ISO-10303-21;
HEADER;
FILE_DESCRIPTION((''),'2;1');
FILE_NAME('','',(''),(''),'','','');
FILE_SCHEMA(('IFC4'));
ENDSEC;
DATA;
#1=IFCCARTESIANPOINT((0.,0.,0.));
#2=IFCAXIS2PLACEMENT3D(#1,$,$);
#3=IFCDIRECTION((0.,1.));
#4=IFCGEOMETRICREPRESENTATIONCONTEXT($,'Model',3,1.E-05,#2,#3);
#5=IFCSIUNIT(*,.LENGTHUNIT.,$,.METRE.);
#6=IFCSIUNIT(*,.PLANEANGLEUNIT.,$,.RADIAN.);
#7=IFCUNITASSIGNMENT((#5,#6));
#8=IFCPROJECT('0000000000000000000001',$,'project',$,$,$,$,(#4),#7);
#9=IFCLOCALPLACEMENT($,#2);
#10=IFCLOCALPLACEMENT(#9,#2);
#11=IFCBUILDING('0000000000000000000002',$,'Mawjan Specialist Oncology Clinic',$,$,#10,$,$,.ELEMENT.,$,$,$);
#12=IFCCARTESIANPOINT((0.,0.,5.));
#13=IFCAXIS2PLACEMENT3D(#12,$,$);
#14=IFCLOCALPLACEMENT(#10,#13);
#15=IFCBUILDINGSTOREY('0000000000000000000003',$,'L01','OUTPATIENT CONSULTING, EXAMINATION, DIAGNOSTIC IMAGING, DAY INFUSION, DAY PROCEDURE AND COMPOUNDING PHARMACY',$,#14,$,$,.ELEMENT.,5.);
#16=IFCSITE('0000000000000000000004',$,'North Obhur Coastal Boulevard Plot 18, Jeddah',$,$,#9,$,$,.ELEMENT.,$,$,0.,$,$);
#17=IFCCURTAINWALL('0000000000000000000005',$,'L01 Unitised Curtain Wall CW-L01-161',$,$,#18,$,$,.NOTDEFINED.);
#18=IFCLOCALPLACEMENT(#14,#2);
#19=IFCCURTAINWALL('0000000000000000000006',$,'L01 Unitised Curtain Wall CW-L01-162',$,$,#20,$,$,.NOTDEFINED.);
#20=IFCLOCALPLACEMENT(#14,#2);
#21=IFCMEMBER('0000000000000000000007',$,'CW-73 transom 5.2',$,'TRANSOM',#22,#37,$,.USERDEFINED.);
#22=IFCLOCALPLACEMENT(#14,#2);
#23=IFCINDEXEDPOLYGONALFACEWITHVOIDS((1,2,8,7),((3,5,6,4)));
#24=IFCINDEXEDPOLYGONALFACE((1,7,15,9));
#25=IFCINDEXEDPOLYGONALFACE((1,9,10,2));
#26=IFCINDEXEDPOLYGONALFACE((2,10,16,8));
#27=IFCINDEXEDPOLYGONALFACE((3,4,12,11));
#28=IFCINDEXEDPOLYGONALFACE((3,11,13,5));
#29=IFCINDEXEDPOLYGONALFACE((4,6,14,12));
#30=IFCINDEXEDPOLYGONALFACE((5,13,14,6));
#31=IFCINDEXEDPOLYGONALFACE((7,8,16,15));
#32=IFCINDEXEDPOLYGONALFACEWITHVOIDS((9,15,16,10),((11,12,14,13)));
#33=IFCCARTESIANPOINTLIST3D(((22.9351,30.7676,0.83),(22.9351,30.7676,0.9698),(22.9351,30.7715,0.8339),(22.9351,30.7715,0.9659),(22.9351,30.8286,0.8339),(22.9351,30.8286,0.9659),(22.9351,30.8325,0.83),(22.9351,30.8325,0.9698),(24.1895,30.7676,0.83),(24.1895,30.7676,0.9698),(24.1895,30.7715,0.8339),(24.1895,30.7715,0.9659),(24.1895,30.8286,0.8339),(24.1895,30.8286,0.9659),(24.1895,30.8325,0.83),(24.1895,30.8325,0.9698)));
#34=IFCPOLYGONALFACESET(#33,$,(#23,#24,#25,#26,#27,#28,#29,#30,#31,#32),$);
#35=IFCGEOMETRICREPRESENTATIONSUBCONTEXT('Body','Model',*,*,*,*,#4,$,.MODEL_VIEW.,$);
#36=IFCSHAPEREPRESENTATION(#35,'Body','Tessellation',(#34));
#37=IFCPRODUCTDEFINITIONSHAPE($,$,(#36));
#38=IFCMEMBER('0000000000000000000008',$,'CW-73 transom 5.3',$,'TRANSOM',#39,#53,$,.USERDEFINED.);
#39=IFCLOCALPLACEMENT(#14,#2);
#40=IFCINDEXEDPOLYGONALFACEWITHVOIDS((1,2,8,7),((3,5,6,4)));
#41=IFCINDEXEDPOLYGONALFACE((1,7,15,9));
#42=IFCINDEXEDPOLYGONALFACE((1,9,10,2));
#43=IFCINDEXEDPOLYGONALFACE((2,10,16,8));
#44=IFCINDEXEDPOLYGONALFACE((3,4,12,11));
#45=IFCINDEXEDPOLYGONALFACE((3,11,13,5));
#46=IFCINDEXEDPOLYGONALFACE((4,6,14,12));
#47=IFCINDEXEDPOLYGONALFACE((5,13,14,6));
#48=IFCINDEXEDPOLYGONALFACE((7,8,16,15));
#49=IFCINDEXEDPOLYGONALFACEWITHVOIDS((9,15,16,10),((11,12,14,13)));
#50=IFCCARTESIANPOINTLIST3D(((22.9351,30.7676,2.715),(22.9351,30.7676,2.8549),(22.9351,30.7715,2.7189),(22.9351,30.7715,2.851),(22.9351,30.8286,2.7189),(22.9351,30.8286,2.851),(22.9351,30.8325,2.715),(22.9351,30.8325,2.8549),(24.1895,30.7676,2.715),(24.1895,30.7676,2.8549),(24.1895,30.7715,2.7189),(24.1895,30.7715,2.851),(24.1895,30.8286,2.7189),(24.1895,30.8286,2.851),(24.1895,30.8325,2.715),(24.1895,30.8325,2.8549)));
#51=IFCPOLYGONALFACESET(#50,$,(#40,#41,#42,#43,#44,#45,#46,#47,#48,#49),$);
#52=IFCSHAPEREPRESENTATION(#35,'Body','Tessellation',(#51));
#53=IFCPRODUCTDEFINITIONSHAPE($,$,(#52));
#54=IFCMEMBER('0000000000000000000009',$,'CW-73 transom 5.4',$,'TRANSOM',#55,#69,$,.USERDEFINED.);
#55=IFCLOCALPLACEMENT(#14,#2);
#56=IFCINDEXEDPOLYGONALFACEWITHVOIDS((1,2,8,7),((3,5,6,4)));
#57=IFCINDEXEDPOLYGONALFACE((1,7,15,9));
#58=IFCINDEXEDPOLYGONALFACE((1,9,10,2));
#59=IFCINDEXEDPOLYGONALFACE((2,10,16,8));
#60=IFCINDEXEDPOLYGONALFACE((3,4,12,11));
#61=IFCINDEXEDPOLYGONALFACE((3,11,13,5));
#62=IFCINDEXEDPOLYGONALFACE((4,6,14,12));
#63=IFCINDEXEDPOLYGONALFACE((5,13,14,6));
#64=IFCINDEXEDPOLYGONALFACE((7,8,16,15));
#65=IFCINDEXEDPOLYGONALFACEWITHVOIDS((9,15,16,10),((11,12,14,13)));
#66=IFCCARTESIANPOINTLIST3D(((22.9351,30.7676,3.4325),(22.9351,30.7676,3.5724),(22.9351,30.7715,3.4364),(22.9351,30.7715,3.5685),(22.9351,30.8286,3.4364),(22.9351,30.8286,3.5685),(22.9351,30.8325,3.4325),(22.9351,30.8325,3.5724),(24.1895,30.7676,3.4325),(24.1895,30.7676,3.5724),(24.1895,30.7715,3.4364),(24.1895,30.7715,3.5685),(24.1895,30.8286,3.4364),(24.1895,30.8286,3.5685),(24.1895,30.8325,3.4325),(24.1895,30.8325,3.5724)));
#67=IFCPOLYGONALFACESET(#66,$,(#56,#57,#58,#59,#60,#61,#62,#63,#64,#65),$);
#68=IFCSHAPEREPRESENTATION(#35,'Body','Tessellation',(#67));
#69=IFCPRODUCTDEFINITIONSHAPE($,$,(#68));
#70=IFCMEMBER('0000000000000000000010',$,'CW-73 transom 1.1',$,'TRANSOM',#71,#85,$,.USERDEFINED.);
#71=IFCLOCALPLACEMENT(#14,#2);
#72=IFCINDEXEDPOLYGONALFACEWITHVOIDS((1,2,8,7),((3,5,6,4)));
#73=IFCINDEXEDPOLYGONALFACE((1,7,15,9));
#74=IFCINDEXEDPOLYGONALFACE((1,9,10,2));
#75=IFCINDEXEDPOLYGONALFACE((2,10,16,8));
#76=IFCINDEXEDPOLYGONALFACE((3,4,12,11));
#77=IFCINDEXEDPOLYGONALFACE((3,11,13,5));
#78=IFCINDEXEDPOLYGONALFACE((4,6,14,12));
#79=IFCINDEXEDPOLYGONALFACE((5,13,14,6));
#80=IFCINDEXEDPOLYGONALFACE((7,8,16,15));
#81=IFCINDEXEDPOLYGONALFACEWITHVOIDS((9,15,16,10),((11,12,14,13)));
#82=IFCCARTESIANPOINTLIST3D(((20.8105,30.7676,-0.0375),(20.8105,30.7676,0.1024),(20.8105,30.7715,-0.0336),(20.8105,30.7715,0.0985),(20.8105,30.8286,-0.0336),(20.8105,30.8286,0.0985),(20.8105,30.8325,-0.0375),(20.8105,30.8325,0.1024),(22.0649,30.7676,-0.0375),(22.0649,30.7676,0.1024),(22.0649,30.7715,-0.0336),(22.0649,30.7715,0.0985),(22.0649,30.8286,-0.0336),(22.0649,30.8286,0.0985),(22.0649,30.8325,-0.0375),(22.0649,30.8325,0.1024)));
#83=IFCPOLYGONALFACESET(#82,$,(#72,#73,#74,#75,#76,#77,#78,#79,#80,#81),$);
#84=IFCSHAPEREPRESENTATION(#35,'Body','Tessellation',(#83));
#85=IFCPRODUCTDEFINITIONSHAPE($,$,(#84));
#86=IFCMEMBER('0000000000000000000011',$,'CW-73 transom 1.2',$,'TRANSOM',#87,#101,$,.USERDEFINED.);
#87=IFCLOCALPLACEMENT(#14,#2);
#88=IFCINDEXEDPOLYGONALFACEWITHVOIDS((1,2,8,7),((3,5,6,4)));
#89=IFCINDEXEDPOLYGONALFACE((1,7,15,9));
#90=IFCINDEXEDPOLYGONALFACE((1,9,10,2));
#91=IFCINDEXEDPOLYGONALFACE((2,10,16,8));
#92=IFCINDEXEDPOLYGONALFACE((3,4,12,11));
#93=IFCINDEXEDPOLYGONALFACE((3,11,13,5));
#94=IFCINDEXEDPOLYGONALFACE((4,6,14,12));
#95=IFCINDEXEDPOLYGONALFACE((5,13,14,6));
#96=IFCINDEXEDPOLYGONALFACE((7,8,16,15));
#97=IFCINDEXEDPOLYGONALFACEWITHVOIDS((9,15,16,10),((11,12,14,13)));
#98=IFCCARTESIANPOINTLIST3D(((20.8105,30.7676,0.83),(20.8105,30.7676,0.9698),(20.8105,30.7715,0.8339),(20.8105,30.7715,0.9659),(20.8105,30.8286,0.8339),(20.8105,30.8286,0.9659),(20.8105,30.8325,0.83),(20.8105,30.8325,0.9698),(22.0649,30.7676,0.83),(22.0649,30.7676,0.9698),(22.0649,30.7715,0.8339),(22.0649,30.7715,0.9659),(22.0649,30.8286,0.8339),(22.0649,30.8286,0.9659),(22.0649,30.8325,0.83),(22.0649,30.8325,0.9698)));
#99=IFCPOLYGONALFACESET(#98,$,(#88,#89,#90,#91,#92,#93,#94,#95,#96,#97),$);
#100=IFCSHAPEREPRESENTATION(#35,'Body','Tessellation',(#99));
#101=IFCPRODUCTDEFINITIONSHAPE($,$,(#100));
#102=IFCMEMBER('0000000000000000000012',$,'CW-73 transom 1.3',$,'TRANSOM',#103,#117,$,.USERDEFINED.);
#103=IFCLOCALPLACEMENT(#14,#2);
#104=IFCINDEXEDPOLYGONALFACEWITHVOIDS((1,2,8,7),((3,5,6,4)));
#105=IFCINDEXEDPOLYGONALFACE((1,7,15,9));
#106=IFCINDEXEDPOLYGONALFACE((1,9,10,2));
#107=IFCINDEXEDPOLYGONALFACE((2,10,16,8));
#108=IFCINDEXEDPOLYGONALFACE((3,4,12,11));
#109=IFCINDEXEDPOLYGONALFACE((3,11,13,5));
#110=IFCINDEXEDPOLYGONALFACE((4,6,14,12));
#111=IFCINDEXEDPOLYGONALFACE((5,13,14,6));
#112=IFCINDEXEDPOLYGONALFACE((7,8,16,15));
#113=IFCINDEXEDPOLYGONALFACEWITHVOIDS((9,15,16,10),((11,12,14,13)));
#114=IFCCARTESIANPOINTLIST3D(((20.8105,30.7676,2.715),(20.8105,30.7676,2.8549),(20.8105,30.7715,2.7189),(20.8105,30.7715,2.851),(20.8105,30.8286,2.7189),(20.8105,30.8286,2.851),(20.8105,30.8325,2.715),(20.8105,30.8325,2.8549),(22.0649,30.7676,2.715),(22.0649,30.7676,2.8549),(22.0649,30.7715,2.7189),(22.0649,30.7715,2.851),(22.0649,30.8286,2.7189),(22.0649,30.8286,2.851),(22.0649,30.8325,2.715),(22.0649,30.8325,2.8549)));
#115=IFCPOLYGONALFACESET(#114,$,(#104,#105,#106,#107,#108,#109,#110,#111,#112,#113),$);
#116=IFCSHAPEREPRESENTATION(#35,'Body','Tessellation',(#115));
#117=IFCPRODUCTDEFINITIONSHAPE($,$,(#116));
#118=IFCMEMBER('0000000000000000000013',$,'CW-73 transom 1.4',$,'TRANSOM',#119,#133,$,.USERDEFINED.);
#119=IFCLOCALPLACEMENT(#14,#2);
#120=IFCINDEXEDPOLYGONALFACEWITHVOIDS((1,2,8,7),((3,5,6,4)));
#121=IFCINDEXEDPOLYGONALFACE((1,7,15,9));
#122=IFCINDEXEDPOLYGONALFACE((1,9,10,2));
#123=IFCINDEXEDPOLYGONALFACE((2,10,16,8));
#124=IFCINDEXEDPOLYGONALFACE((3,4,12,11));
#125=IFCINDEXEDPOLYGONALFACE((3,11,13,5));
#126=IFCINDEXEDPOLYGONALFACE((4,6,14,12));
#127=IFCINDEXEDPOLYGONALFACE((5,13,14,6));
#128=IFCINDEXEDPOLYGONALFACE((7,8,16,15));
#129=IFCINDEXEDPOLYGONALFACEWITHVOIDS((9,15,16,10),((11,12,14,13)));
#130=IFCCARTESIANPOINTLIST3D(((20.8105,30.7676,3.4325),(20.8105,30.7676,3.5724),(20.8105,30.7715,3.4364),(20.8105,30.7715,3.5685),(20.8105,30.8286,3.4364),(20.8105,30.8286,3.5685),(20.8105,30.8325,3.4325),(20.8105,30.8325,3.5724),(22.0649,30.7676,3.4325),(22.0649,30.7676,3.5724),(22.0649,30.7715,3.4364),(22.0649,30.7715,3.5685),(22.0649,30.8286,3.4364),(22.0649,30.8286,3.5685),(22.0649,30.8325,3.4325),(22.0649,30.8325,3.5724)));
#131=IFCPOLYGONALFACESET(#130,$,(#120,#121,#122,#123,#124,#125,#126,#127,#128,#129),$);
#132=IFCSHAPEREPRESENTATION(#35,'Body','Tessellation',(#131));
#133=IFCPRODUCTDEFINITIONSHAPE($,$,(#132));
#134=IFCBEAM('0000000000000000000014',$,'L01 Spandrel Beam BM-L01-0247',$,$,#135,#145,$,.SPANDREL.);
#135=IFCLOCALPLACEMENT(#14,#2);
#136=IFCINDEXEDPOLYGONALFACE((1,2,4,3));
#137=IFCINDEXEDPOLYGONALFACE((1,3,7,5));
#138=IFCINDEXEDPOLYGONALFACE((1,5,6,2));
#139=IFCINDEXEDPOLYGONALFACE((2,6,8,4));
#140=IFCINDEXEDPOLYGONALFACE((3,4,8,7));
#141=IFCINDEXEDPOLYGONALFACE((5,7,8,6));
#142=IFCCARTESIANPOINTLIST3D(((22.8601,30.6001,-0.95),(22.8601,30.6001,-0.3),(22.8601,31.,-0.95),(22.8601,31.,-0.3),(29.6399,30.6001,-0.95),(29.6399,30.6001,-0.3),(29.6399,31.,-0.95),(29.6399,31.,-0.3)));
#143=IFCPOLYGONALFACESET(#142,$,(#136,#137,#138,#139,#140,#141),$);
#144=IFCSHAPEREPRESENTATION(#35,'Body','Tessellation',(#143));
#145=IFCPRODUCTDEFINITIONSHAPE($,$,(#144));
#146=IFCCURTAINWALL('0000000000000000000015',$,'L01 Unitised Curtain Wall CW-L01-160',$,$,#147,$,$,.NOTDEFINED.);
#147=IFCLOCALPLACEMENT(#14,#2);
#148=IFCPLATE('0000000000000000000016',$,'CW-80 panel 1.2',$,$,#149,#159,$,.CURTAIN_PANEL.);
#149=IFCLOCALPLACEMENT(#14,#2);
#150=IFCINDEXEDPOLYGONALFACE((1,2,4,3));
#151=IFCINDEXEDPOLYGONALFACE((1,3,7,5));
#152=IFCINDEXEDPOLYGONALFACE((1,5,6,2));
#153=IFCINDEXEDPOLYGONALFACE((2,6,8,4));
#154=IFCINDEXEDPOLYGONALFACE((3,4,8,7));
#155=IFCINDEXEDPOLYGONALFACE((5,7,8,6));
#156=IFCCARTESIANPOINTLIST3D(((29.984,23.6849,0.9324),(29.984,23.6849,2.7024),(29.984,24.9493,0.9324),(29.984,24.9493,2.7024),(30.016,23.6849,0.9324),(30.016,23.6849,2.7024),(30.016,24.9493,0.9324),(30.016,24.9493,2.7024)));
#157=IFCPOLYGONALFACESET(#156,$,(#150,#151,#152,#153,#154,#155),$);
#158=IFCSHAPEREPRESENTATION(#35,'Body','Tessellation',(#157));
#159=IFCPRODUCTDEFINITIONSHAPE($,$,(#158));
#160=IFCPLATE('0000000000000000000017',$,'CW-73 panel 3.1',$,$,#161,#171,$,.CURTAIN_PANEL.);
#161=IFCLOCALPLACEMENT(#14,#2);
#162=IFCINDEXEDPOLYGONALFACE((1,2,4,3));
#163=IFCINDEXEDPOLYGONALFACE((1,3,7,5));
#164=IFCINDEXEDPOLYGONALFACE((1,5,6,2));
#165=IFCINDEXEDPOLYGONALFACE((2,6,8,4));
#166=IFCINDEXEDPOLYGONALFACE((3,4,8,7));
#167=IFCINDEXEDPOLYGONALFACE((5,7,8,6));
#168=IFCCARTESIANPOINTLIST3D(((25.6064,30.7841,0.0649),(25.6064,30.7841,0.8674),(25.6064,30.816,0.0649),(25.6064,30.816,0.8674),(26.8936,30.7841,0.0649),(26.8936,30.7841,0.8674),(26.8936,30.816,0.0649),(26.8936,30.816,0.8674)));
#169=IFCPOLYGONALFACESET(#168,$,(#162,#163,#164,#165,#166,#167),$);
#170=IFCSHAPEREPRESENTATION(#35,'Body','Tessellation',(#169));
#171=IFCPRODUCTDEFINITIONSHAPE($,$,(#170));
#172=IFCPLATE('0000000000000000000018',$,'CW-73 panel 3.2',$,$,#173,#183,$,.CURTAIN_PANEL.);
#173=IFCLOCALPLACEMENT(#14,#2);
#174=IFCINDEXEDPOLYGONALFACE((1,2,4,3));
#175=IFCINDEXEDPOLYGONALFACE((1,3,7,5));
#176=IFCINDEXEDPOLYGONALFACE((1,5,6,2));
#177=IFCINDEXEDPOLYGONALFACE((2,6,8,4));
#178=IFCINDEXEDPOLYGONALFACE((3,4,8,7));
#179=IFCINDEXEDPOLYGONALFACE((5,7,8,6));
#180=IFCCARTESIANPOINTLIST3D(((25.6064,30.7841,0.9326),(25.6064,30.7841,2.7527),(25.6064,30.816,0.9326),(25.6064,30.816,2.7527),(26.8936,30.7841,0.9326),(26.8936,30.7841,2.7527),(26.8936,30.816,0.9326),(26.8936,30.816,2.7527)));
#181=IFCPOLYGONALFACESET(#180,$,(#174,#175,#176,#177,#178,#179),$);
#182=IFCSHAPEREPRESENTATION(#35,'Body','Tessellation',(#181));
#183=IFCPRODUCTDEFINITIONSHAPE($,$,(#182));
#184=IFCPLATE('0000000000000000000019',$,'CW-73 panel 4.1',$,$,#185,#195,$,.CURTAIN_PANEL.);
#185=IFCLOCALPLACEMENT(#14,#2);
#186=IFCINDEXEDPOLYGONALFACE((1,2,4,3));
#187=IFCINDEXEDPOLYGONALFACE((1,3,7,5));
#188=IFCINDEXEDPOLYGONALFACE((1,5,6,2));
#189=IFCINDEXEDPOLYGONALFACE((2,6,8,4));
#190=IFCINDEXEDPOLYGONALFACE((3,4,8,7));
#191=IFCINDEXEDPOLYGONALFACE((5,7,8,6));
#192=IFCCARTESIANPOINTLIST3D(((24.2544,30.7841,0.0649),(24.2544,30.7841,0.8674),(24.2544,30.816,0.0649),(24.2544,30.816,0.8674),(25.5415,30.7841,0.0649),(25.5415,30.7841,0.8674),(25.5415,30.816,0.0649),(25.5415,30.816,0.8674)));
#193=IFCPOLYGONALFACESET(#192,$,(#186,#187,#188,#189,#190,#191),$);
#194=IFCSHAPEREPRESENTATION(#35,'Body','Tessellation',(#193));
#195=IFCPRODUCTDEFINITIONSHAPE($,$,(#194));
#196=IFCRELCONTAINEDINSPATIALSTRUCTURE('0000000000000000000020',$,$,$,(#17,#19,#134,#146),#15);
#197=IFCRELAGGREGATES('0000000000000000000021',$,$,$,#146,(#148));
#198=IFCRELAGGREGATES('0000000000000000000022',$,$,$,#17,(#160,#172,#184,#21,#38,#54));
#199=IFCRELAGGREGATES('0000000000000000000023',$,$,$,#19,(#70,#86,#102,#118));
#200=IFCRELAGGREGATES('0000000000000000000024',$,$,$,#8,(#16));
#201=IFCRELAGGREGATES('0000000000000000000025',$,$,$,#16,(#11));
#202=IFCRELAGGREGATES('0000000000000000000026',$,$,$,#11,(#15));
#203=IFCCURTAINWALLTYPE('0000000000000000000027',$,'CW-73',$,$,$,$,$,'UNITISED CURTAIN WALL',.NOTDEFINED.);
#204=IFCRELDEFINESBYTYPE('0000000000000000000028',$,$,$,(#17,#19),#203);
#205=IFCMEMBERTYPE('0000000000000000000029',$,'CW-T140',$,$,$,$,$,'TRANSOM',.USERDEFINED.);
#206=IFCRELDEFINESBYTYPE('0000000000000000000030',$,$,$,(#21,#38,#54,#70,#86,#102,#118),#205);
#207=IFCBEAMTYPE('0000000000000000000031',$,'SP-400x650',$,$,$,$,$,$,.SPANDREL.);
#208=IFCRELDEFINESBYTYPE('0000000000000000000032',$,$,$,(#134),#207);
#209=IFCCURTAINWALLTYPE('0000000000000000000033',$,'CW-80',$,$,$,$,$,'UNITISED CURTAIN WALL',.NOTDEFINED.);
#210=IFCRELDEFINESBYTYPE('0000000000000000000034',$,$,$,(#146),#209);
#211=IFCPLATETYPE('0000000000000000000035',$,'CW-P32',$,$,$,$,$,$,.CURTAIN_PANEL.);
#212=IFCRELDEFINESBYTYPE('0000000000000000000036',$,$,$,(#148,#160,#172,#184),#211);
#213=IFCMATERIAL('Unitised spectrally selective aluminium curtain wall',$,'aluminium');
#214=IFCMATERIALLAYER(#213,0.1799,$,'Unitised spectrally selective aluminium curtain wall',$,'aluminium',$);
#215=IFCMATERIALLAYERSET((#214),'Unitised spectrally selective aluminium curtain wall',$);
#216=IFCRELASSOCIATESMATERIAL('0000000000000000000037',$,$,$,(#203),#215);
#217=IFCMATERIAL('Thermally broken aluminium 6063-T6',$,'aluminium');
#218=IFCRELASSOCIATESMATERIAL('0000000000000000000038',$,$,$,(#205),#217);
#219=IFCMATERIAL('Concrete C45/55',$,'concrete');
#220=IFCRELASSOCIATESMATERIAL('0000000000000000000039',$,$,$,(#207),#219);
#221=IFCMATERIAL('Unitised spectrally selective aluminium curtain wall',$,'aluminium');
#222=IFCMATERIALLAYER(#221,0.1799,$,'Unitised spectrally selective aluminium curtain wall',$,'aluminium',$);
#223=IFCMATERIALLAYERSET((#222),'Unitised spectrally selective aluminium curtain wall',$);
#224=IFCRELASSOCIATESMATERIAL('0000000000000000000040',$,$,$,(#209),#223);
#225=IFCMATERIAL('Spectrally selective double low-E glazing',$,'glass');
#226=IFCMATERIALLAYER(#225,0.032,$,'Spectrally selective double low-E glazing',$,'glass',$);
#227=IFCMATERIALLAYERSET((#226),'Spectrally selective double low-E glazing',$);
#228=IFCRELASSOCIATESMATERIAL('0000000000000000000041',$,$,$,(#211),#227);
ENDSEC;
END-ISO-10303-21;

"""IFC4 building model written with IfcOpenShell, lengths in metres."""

from ifc_helpers import new_model, si_unit, direction, frame, origin, origin_2d, place, context, subcontext, project, spatial, rectangle, hollow_rectangle, extrude, material, layer, layer_set, material_profile, profile_set, type_object, element, aggregate, save


model = new_model("IFC4")

# Units and contexts
model_context = context("Model", 3, precision=1e-05, world=origin(), true_north=direction((0.0, 1.0)))
body_context = subcontext(model_context, "Body", "Model", "MODEL_VIEW")
ifc_project = project(units=[si_unit("LENGTHUNIT", "METRE"), si_unit("PLANEANGLEUNIT", "RADIAN")], contexts=[model_context])

# Site, building, storey
site_placement = place(None, origin())
site = spatial("IfcSite", under=ifc_project, at=site_placement, Name="North Obhur Coastal Boulevard Plot 18, Jeddah", CompositionType="ELEMENT", RefElevation=0.0)
building_placement = place(site_placement, origin())
building = spatial("IfcBuilding", under=site, at=building_placement, Name="Mawjan Specialist Oncology Clinic", CompositionType="ELEMENT")
storey_placement = place(building_placement, frame((0.0, 0.0, 5.0)))
storey = spatial("IfcBuildingStorey", under=building, at=storey_placement, Name="L01", Description="OUTPATIENT CONSULTING, EXAMINATION, DIAGNOSTIC IMAGING, DAY INFUSION, DAY PROCEDURE AND COMPOUNDING PHARMACY", CompositionType="ELEMENT", Elevation=5.0)

# Curtain walls
ifc_material_1 = material(Name="Unitised spectrally selective aluminium curtain wall", Category="aluminium")
ifc_layer_1 = layer(ifc_material_1, 0.1799, Name="Unitised spectrally selective aluminium curtain wall", Category="aluminium")
ifc_layer_set_1 = layer_set([ifc_layer_1], Name="Unitised spectrally selective aluminium curtain wall")
curtain_wall_type_1 = type_object("IfcCurtainWallType", Name="CW-73", ElementType="UNITISED CURTAIN WALL", PredefinedType="NOTDEFINED", material=ifc_layer_set_1)
curtain_wall_1_placement = place(storey_placement, origin())
curtain_wall_1 = element("IfcCurtainWall", 1, at=curtain_wall_1_placement, inside=storey, type_object=curtain_wall_type_1, Name="L01 Unitised Curtain Wall CW-L01-161", PredefinedType="NOTDEFINED")
curtain_wall_2_placement = place(storey_placement, origin())
curtain_wall_2 = element("IfcCurtainWall", 2, at=curtain_wall_2_placement, inside=storey, type_object=curtain_wall_type_1, Name="L01 Unitised Curtain Wall CW-L01-162", PredefinedType="NOTDEFINED")

# Members
ifc_material_2 = material(Name="Thermally broken aluminium 6063-T6", Category="aluminium")
ifc_material_profile_1 = material_profile(ifc_material_2, hollow_rectangle(XDim=0.0649, YDim=0.1399, WallThickness=0.0039, at=origin_2d()), Name="ALU TRANSOM 140x65x4", Category="aluminium")
ifc_profile_set_1 = profile_set([ifc_material_profile_1], Name="Thermally broken aluminium 6063-T6")
member_type_1 = type_object("IfcMemberType", Name="CW-T140", ElementType="TRANSOM", PredefinedType="USERDEFINED", material=ifc_profile_set_1)
member_1_placement = place(storey_placement, frame((24.1895, 30.8, 0.8999), z_axis=(-1.0, 0.0, 0.0), x_axis=(0.0, -1.0, 0.0)))
member_1 = element("IfcMember", 3, at=member_1_placement, type_object=member_type_1, Name="CW-73 transom 5.2", ObjectType="TRANSOM", PredefinedType="USERDEFINED", context=body_context, shape_type="SweptSolid", body=[
    extrude(hollow_rectangle(XDim=0.0649, YDim=0.1399, WallThickness=0.0039, at=origin_2d()), origin(), (0.0, 0.0, 1.0), 1.2544),
])
member_2_placement = place(storey_placement, frame((24.1895, 30.8, 2.7849), z_axis=(-1.0, 0.0, 0.0), x_axis=(0.0, -1.0, 0.0)))
member_2 = element("IfcMember", 4, at=member_2_placement, type_object=member_type_1, Name="CW-73 transom 5.3", ObjectType="TRANSOM", PredefinedType="USERDEFINED", context=body_context, shape_type="SweptSolid", body=[
    extrude(hollow_rectangle(XDim=0.0649, YDim=0.1399, WallThickness=0.0039, at=origin_2d()), origin(), (0.0, 0.0, 1.0), 1.2544),
])
member_3_placement = place(storey_placement, frame((24.1895, 30.8, 3.5024), z_axis=(-1.0, 0.0, 0.0), x_axis=(0.0, -1.0, 0.0)))
member_3 = element("IfcMember", 5, at=member_3_placement, type_object=member_type_1, Name="CW-73 transom 5.4", ObjectType="TRANSOM", PredefinedType="USERDEFINED", context=body_context, shape_type="SweptSolid", body=[
    extrude(hollow_rectangle(XDim=0.0649, YDim=0.1399, WallThickness=0.0039, at=origin_2d()), origin(), (0.0, 0.0, 1.0), 1.2544),
])
member_4_placement = place(storey_placement, frame((22.0649, 30.8, 0.0325), z_axis=(-1.0, 0.0, 0.0), x_axis=(0.0, -1.0, 0.0)))
member_4 = element("IfcMember", 6, at=member_4_placement, type_object=member_type_1, Name="CW-73 transom 1.1", ObjectType="TRANSOM", PredefinedType="USERDEFINED", context=body_context, shape_type="SweptSolid", body=[
    extrude(hollow_rectangle(XDim=0.0649, YDim=0.1399, WallThickness=0.0039, at=origin_2d()), origin(), (0.0, 0.0, 1.0), 1.2544),
])
member_5_placement = place(storey_placement, frame((22.0649, 30.8, 0.8999), z_axis=(-1.0, 0.0, 0.0), x_axis=(0.0, -1.0, 0.0)))
member_5 = element("IfcMember", 7, at=member_5_placement, type_object=member_type_1, Name="CW-73 transom 1.2", ObjectType="TRANSOM", PredefinedType="USERDEFINED", context=body_context, shape_type="SweptSolid", body=[
    extrude(hollow_rectangle(XDim=0.0649, YDim=0.1399, WallThickness=0.0039, at=origin_2d()), origin(), (0.0, 0.0, 1.0), 1.2544),
])
member_6_placement = place(storey_placement, frame((22.0649, 30.8, 2.7849), z_axis=(-1.0, 0.0, 0.0), x_axis=(0.0, -1.0, 0.0)))
member_6 = element("IfcMember", 8, at=member_6_placement, type_object=member_type_1, Name="CW-73 transom 1.3", ObjectType="TRANSOM", PredefinedType="USERDEFINED", context=body_context, shape_type="SweptSolid", body=[
    extrude(hollow_rectangle(XDim=0.0649, YDim=0.1399, WallThickness=0.0039, at=origin_2d()), origin(), (0.0, 0.0, 1.0), 1.2544),
])
member_7_placement = place(storey_placement, frame((22.0649, 30.8, 3.5024), z_axis=(-1.0, 0.0, 0.0), x_axis=(0.0, -1.0, 0.0)))
member_7 = element("IfcMember", 9, at=member_7_placement, type_object=member_type_1, Name="CW-73 transom 1.4", ObjectType="TRANSOM", PredefinedType="USERDEFINED", context=body_context, shape_type="SweptSolid", body=[
    extrude(hollow_rectangle(XDim=0.0649, YDim=0.1399, WallThickness=0.0039, at=origin_2d()), origin(), (0.0, 0.0, 1.0), 1.2544),
])

# Beam
ifc_material_3 = material(Name="Concrete C45/55", Category="concrete")
ifc_material_profile_2 = material_profile(ifc_material_3, rectangle(XDim=0.3999, YDim=0.6499, at=origin_2d()), Name="RC BM 400x650", Category="concrete")
ifc_profile_set_2 = profile_set([ifc_material_profile_2], Name="Concrete C45/55")
beam_type = type_object("IfcBeamType", Name="SP-400x650", PredefinedType="SPANDREL", material=ifc_profile_set_2)
beam_placement = place(storey_placement, frame((22.8601, 30.8, -0.625), z_axis=(1.0, 0.0, 0.0), x_axis=(0.0, 1.0, 0.0)))
element("IfcBeam", 10, at=beam_placement, inside=storey, type_object=beam_type, Name="L01 Spandrel Beam BM-L01-0247", PredefinedType="SPANDREL", context=body_context, shape_type="SweptSolid", body=[
    extrude(rectangle(XDim=0.3999, YDim=0.6499, at=origin_2d()), origin(), (0.0, 0.0, 1.0), 6.7798),
])

# Curtain wall, plate
ifc_material_4 = material(Name="Unitised spectrally selective aluminium curtain wall", Category="aluminium")
ifc_layer_2 = layer(ifc_material_4, 0.1799, Name="Unitised spectrally selective aluminium curtain wall", Category="aluminium")
ifc_layer_set_2 = layer_set([ifc_layer_2], Name="Unitised spectrally selective aluminium curtain wall")
curtain_wall_type_2 = type_object("IfcCurtainWallType", Name="CW-80", ElementType="UNITISED CURTAIN WALL", PredefinedType="NOTDEFINED", material=ifc_layer_set_2)
curtain_wall_3_placement = place(storey_placement, origin())
curtain_wall_3 = element("IfcCurtainWall", 11, at=curtain_wall_3_placement, inside=storey, type_object=curtain_wall_type_2, Name="L01 Unitised Curtain Wall CW-L01-160", PredefinedType="NOTDEFINED")
ifc_material_5 = material(Name="Spectrally selective double low-E glazing", Category="glass")
ifc_layer_3 = layer(ifc_material_5, 0.032, Name="Spectrally selective double low-E glazing", Category="glass")
ifc_layer_set_3 = layer_set([ifc_layer_3], Name="Spectrally selective double low-E glazing")
plate_type = type_object("IfcPlateType", Name="CW-P32", PredefinedType="CURTAIN_PANEL", material=ifc_layer_set_3)
plate_1_placement = place(storey_placement, frame((30.0, 24.3171, 0.9324), z_axis=(0.0, 0.0, 1.0), x_axis=(0.0, 1.0, 0.0)))
plate_1 = element("IfcPlate", 12, at=plate_1_placement, type_object=plate_type, Name="CW-80 panel 1.2", PredefinedType="CURTAIN_PANEL", context=body_context, shape_type="SweptSolid", body=[
    extrude(rectangle(XDim=1.2644, YDim=0.032, at=origin_2d()), origin(), (0.0, 0.0, 1.0), 1.77),
])
aggregate(curtain_wall_3, [plate_1])

# Plates
plate_2_placement = place(storey_placement, frame((26.25, 30.8, 0.0649), z_axis=(0.0, 0.0, 1.0), x_axis=(-1.0, 0.0, 0.0)))
plate_2 = element("IfcPlate", 13, at=plate_2_placement, type_object=plate_type, Name="CW-73 panel 3.1", PredefinedType="CURTAIN_PANEL", context=body_context, shape_type="SweptSolid", body=[
    extrude(rectangle(XDim=1.2871, YDim=0.032, at=origin_2d()), origin(), (0.0, 0.0, 1.0), 0.8025),
])
plate_3_placement = place(storey_placement, frame((26.25, 30.8, 0.9326), z_axis=(0.0, 0.0, 1.0), x_axis=(-1.0, 0.0, 0.0)))
plate_3 = element("IfcPlate", 14, at=plate_3_placement, type_object=plate_type, Name="CW-73 panel 3.2", PredefinedType="CURTAIN_PANEL", context=body_context, shape_type="SweptSolid", body=[
    extrude(rectangle(XDim=1.2871, YDim=0.032, at=origin_2d()), origin(), (0.0, 0.0, 1.0), 1.8201),
])
plate_4_placement = place(storey_placement, frame((24.8979, 30.8, 0.0649), z_axis=(0.0, 0.0, 1.0), x_axis=(-1.0, 0.0, 0.0)))
plate_4 = element("IfcPlate", 15, at=plate_4_placement, type_object=plate_type, Name="CW-73 panel 4.1", PredefinedType="CURTAIN_PANEL", context=body_context, shape_type="SweptSolid", body=[
    extrude(rectangle(XDim=1.2871, YDim=0.032, at=origin_2d()), origin(), (0.0, 0.0, 1.0), 0.8025),
])
aggregate(curtain_wall_1, [plate_2, plate_3, plate_4, member_1, member_2, member_3])
aggregate(curtain_wall_2, [member_4, member_5, member_6, member_7])

save(model, "model.ifc")
